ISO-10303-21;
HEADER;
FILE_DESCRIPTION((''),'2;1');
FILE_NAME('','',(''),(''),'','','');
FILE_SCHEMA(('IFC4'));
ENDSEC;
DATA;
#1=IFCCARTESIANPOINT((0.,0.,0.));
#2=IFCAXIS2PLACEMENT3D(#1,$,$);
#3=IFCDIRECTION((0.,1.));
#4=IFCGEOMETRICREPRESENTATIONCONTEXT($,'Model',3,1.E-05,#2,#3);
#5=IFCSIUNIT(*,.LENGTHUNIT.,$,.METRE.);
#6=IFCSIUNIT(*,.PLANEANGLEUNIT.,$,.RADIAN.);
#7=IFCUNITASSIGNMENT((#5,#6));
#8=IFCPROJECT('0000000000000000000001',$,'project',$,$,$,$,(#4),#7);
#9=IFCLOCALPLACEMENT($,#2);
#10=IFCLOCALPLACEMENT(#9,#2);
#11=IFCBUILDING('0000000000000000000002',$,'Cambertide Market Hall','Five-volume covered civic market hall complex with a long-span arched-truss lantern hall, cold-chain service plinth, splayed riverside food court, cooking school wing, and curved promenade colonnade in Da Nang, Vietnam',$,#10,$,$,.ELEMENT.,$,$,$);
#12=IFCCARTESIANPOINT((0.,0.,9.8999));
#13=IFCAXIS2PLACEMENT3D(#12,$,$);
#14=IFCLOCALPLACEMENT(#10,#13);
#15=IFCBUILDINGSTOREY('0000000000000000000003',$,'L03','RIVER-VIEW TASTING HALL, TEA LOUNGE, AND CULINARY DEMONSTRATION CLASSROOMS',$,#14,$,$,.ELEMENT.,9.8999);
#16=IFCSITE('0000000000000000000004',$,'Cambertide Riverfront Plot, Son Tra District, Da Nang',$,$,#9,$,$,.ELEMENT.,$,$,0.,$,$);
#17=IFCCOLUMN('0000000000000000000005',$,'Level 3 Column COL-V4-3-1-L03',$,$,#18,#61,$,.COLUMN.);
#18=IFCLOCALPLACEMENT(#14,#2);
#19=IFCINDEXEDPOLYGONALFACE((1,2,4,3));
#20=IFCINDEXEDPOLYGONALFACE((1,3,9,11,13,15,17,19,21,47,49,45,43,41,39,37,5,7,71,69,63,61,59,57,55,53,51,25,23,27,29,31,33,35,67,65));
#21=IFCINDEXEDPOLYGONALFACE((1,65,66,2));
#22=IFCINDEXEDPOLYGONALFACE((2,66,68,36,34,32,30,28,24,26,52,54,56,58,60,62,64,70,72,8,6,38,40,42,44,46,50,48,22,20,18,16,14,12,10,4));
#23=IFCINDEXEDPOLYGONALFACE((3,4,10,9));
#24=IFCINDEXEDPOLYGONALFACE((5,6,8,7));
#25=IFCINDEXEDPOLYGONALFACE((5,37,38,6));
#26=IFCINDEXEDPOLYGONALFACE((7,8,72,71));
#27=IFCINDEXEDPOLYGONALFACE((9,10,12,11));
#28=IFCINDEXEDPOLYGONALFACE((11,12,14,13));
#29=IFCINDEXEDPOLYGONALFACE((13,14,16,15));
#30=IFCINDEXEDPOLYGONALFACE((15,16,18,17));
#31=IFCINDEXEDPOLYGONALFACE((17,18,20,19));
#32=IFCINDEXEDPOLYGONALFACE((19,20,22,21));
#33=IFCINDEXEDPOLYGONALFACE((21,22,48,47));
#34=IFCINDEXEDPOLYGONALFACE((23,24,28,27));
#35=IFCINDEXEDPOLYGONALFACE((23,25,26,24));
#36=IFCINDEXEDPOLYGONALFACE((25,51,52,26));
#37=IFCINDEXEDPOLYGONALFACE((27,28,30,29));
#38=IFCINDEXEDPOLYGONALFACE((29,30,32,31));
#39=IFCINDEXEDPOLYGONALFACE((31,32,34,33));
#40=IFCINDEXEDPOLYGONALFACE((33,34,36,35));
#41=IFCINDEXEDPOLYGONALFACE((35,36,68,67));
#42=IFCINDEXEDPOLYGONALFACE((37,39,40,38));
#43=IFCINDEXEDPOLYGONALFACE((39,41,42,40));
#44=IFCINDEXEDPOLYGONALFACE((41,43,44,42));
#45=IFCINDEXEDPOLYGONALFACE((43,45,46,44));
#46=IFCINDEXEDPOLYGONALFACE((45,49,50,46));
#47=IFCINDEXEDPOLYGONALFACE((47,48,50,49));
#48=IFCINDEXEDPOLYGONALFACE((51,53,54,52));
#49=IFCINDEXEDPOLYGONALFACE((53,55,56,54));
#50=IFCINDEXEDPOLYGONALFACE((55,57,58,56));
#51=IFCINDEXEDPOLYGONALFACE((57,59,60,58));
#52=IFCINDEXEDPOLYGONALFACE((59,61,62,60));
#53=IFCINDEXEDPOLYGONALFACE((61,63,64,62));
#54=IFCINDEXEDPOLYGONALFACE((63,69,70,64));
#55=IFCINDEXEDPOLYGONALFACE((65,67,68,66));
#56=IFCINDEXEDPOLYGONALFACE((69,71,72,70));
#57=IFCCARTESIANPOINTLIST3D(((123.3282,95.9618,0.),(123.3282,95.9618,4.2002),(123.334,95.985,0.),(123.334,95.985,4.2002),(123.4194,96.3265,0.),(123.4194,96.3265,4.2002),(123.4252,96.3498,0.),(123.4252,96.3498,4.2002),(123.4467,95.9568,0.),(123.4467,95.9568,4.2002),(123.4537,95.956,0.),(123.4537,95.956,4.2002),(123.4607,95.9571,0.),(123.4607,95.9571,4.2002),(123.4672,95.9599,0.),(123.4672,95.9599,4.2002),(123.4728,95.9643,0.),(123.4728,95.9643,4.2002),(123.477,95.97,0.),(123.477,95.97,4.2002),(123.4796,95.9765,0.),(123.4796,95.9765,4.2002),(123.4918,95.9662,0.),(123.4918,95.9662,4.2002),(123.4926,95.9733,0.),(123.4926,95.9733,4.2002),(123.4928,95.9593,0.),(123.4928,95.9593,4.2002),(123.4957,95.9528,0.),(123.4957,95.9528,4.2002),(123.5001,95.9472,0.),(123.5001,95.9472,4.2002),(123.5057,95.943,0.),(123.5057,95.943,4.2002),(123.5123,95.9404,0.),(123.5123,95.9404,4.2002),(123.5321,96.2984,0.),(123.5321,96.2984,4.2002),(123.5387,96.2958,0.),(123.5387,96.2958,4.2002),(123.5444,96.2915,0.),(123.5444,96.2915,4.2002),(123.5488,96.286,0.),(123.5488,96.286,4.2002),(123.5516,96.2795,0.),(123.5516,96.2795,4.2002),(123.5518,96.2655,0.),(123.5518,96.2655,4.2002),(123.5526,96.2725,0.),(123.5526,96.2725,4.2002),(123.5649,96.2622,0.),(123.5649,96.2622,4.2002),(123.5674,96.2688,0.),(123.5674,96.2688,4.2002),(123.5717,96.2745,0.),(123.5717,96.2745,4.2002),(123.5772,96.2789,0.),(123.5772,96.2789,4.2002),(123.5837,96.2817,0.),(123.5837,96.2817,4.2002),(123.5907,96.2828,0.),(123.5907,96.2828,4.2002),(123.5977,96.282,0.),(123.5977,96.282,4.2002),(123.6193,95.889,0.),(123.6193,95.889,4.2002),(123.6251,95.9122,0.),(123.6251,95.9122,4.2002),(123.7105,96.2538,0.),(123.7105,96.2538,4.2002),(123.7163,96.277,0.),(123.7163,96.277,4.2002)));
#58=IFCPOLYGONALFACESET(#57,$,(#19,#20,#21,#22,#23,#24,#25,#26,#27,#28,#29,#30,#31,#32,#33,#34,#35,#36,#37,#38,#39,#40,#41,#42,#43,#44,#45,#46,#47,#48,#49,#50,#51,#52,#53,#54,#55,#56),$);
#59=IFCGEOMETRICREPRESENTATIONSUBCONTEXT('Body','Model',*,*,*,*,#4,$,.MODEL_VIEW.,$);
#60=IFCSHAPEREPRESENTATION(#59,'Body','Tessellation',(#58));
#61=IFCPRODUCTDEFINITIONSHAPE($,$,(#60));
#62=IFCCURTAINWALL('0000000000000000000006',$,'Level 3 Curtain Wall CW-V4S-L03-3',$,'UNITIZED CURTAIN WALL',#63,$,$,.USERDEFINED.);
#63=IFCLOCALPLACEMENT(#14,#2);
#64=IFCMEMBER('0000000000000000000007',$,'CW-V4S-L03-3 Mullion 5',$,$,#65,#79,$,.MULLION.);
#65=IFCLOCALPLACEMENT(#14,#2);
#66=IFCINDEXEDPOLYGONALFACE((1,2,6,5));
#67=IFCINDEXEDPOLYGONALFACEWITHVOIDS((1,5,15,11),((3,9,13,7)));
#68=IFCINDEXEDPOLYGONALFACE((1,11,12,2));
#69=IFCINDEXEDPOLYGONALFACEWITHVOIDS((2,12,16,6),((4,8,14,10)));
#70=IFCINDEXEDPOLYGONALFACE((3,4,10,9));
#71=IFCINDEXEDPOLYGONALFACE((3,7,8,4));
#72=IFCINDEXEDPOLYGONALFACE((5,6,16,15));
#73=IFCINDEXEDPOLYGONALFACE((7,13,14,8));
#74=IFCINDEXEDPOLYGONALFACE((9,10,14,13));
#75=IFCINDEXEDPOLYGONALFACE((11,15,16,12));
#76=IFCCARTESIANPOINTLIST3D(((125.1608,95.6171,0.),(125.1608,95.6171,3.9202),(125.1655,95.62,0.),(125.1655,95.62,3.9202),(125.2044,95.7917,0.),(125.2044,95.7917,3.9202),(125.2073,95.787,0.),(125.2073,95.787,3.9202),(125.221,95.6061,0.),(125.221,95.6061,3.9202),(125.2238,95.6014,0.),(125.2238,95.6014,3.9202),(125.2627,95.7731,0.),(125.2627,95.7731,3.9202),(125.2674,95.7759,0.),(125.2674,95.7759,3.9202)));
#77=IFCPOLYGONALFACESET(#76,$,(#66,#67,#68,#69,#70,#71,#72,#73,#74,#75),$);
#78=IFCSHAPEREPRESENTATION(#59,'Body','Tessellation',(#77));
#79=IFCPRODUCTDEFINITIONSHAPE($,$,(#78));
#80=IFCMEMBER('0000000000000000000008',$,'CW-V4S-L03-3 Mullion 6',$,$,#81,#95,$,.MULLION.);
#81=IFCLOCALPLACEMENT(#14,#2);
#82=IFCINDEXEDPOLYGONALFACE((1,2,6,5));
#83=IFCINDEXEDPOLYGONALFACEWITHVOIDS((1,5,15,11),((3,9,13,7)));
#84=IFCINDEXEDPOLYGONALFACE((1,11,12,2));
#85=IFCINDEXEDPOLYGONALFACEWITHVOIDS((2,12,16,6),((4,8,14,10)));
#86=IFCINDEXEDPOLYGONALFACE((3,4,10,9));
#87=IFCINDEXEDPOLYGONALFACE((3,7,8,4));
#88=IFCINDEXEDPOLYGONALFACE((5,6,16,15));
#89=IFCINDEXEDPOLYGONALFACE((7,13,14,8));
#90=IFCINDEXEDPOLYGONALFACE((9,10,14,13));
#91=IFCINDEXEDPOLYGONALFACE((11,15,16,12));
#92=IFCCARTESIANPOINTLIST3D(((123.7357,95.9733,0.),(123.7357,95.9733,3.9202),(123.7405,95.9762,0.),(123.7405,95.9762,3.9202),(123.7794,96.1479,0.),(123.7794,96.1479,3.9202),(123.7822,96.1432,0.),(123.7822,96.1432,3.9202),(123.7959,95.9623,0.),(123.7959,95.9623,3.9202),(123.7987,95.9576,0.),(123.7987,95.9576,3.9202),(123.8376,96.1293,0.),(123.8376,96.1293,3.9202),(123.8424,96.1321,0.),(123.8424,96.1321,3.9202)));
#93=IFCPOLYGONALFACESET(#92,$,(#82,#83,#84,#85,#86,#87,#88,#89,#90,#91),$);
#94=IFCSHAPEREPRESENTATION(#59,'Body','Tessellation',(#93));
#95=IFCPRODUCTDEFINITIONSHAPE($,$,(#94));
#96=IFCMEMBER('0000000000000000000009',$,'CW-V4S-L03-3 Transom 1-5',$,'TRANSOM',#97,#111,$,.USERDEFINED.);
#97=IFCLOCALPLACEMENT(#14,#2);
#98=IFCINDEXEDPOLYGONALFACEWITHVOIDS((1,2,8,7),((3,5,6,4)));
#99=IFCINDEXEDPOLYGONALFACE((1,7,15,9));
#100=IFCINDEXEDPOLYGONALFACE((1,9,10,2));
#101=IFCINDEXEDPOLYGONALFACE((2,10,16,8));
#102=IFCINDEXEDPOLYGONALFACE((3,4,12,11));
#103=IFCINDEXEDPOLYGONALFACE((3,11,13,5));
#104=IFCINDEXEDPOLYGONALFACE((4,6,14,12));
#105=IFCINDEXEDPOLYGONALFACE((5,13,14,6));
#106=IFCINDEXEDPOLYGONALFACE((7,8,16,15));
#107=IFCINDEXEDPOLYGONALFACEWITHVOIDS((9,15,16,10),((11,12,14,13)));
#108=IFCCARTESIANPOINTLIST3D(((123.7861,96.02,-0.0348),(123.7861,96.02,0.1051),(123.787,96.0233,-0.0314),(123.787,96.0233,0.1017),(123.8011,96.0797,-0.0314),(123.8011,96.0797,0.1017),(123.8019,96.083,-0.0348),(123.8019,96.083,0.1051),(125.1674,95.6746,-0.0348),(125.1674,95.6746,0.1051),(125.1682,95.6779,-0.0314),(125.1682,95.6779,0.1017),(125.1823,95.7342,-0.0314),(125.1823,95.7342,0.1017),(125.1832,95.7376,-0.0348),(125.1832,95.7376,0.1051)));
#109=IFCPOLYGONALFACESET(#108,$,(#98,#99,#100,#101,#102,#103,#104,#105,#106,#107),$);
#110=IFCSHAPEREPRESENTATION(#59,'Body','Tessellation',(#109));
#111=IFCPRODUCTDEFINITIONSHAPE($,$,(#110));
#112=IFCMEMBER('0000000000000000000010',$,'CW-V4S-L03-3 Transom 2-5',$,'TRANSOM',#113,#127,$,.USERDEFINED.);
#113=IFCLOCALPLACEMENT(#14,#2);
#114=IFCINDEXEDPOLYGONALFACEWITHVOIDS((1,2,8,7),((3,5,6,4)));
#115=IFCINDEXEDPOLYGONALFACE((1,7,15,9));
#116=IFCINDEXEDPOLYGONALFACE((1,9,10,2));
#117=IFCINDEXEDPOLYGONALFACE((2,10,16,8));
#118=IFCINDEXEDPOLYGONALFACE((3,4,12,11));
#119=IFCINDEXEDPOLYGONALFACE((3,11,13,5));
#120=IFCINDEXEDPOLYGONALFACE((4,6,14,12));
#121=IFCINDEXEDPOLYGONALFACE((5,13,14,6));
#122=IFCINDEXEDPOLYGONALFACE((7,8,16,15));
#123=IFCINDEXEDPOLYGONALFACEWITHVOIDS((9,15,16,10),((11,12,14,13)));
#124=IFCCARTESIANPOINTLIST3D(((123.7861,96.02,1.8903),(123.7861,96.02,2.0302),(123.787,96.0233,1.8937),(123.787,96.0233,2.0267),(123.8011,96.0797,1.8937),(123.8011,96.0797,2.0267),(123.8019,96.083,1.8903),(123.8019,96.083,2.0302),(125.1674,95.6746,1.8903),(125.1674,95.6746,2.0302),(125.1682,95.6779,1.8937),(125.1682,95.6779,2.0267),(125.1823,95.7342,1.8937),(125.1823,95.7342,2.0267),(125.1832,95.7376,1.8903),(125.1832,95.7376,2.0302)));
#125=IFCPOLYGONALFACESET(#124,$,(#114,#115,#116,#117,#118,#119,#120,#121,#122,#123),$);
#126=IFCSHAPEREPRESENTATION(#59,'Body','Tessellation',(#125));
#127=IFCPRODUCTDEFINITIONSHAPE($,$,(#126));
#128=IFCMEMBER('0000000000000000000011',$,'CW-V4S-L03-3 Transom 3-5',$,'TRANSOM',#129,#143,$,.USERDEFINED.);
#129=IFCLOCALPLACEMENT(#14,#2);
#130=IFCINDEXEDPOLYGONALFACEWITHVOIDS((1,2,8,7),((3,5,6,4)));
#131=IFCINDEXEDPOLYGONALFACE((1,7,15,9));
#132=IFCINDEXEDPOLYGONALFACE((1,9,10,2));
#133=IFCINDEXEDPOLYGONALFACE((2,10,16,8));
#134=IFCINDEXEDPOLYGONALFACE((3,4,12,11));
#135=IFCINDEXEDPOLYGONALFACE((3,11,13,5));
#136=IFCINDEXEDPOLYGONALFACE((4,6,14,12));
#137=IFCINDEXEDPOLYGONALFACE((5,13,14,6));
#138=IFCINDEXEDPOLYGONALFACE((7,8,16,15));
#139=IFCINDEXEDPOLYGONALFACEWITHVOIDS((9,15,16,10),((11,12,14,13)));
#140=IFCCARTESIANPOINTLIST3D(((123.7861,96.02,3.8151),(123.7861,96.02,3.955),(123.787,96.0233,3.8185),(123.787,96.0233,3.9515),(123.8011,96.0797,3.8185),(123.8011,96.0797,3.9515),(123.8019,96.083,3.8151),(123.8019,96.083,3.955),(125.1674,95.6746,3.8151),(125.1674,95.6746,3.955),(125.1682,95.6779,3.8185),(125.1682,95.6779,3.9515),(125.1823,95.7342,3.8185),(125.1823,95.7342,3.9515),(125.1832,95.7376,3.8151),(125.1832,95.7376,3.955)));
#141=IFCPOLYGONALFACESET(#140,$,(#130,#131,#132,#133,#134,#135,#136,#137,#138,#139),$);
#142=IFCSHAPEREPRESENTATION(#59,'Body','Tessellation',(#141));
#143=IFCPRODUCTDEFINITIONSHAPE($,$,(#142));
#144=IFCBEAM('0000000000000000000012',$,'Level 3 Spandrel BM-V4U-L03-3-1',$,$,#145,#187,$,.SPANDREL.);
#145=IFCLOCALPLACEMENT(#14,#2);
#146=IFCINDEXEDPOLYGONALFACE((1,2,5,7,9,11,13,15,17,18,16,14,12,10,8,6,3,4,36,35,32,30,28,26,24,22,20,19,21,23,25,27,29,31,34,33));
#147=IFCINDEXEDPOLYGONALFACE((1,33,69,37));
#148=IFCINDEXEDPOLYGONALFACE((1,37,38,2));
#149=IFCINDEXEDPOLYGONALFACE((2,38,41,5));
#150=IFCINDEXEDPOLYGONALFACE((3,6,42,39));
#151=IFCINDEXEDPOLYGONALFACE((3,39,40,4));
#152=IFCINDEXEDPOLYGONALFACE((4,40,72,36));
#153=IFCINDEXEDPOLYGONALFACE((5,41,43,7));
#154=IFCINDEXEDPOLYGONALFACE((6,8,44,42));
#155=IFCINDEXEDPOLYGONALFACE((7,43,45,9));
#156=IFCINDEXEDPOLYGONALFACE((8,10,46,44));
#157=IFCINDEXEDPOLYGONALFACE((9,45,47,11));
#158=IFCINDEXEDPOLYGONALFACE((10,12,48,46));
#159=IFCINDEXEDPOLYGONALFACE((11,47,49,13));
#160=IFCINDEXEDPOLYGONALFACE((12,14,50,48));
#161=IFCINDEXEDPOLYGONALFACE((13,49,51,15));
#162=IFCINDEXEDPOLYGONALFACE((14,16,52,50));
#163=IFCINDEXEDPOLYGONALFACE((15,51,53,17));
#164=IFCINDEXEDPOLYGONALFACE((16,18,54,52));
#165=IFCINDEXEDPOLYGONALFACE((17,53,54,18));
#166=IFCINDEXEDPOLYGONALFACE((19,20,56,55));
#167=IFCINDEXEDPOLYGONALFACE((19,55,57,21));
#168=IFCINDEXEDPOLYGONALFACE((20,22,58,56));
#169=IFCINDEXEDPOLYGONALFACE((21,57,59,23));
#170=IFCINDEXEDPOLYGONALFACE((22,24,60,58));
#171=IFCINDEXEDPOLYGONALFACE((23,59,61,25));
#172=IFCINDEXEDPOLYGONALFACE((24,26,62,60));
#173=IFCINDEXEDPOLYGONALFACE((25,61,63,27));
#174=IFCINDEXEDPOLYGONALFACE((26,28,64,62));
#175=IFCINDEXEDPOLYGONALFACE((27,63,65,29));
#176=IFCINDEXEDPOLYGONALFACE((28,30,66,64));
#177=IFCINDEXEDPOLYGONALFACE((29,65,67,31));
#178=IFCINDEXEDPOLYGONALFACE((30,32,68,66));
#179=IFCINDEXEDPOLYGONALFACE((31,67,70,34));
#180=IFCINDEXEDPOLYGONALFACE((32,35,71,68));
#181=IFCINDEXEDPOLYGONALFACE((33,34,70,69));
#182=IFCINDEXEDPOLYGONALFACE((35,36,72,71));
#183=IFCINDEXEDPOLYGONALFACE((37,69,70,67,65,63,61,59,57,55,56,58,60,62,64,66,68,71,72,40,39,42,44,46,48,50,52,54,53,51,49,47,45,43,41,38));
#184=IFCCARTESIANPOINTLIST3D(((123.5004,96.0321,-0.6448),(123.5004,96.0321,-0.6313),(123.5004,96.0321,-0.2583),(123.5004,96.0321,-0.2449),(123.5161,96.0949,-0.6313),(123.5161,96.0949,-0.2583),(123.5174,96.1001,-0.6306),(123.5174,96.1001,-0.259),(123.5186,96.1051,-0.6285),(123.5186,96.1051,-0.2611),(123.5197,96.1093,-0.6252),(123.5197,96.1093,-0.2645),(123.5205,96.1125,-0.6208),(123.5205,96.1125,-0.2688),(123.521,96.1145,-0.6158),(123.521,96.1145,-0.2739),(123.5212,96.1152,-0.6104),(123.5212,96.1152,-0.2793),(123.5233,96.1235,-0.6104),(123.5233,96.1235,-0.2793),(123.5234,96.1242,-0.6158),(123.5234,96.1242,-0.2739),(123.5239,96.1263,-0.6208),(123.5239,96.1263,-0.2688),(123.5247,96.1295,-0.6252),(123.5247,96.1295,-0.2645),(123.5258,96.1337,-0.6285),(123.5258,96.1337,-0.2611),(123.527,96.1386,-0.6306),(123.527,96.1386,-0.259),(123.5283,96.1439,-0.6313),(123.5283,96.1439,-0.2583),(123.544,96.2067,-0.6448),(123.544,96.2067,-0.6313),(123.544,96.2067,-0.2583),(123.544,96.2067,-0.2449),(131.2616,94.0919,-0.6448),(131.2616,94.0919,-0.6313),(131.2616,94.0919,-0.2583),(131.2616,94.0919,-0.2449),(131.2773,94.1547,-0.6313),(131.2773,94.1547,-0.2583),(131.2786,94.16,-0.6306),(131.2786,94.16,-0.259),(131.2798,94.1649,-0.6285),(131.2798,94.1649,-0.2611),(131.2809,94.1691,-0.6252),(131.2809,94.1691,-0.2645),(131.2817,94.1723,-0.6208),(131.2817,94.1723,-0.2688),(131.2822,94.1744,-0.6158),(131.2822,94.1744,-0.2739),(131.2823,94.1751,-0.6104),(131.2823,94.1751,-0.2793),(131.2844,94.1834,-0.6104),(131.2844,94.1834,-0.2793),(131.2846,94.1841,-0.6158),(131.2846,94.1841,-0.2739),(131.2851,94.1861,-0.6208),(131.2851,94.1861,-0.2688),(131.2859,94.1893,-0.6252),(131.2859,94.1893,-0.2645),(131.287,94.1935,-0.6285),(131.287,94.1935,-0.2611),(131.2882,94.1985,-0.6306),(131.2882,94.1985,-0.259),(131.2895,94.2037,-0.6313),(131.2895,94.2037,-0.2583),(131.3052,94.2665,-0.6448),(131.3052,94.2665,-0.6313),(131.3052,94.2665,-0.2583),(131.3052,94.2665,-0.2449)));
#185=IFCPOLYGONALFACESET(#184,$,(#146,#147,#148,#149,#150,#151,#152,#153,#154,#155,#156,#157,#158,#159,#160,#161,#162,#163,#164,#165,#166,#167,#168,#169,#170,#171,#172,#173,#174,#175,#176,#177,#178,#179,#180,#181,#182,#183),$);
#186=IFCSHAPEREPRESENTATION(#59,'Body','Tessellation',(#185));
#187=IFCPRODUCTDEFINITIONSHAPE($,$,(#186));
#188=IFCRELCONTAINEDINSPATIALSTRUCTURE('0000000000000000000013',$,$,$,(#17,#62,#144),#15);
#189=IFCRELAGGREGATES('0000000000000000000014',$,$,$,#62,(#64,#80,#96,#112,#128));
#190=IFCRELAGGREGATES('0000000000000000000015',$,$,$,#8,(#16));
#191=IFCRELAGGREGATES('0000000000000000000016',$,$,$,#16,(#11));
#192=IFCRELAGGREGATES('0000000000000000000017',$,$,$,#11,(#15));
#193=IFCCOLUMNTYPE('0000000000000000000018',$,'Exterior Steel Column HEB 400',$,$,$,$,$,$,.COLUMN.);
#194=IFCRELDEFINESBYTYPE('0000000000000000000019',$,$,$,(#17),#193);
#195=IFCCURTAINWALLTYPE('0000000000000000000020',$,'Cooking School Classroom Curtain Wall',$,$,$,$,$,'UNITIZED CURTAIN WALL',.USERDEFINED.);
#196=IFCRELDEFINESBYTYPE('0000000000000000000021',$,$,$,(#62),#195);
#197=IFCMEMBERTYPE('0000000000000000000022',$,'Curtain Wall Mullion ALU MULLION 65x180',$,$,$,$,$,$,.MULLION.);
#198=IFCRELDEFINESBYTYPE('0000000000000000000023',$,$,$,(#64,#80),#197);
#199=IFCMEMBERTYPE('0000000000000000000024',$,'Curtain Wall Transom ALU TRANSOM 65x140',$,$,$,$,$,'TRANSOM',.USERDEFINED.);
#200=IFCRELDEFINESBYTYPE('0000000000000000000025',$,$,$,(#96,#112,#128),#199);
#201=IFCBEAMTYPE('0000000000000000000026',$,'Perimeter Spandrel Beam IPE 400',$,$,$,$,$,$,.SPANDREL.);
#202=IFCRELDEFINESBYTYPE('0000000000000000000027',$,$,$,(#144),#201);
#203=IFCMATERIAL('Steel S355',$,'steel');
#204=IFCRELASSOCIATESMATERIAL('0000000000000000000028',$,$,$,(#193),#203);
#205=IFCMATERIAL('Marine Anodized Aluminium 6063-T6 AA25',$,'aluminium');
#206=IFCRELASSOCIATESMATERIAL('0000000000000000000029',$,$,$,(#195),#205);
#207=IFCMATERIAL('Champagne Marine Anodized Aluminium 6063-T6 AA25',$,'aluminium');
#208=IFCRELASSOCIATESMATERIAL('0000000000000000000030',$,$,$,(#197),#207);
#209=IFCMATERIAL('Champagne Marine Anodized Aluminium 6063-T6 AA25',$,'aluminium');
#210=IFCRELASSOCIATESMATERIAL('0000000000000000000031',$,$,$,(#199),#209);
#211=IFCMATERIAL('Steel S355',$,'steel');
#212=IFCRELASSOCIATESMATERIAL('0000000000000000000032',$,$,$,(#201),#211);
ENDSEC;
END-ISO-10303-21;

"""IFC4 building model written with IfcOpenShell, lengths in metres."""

from ifc_helpers import new_model, si_unit, direction, frame, origin, origin_2d, place, context, subcontext, project, spatial, hollow_rectangle, i_section, extrude, material, material_profile, profile_set, type_object, element, aggregate, save


model = new_model("IFC4")

# Units and contexts
model_context = context("Model", 3, precision=1e-05, world=origin(), true_north=direction((0.0, 1.0)))
body_context = subcontext(model_context, "Body", "Model", "MODEL_VIEW")
ifc_project = project(units=[si_unit("LENGTHUNIT", "METRE"), si_unit("PLANEANGLEUNIT", "RADIAN")], contexts=[model_context])

# Site, building, storey
site_placement = place(None, origin())
site = spatial("IfcSite", under=ifc_project, at=site_placement, Name="Cambertide Riverfront Plot, Son Tra District, Da Nang", CompositionType="ELEMENT", RefElevation=0.0)
building_placement = place(site_placement, origin())
building = spatial("IfcBuilding", under=site, at=building_placement, Name="Cambertide Market Hall", Description="Five-volume covered civic market hall complex with a long-span arched-truss lantern hall, cold-chain service plinth, splayed riverside food court, cooking school wing, and curved promenade colonnade in Da Nang, Vietnam", CompositionType="ELEMENT")
storey_placement = place(building_placement, frame((0.0, 0.0, 9.8999)))
storey = spatial("IfcBuildingStorey", under=building, at=storey_placement, Name="L03", Description="RIVER-VIEW TASTING HALL, TEA LOUNGE, AND CULINARY DEMONSTRATION CLASSROOMS", CompositionType="ELEMENT", Elevation=9.8999)

# Column
ifc_material_1 = material(Name="Steel S355", Category="steel")
ifc_material_profile_1 = material_profile(ifc_material_1, i_section(OverallWidth=0.3, OverallDepth=0.3999, WebThickness=0.0134, FlangeThickness=0.0239, FilletRadius=0.0271, at=origin_2d()), Name="HEB 400")
ifc_profile_set_1 = profile_set([ifc_material_profile_1], Name="Steel S355")
column_type = type_object("IfcColumnType", Name="Exterior Steel Column HEB 400", PredefinedType="COLUMN", material=ifc_profile_set_1)
column_placement = place(storey_placement, frame((123.5222, 96.1194, 0.0), z_axis=(0.0, 0.0, 1.0), x_axis=(0.970143, -0.242536, 0.0)))
element("IfcColumn", 1, at=column_placement, inside=storey, type_object=column_type, Name="Level 3 Column COL-V4-3-1-L03", PredefinedType="COLUMN", context=body_context, shape_type="SweptSolid", body=[
    extrude(i_section(OverallWidth=0.3, OverallDepth=0.3999, WebThickness=0.0134, FlangeThickness=0.0239, FilletRadius=0.0271, at=origin_2d()), origin(), (0.0, 0.0, 1.0), 4.2002),
])

# Curtain wall, members
ifc_material_2 = material(Name="Marine Anodized Aluminium 6063-T6 AA25", Category="aluminium")
curtain_wall_type = type_object("IfcCurtainWallType", Name="Cooking School Classroom Curtain Wall", ElementType="UNITIZED CURTAIN WALL", PredefinedType="USERDEFINED", material=ifc_material_2)
curtain_wall_placement = place(storey_placement, origin())
curtain_wall = element("IfcCurtainWall", 2, at=curtain_wall_placement, inside=storey, type_object=curtain_wall_type, Name="Level 3 Curtain Wall CW-V4S-L03-3", ObjectType="UNITIZED CURTAIN WALL", PredefinedType="USERDEFINED")
ifc_material_3 = material(Name="Champagne Marine Anodized Aluminium 6063-T6 AA25", Category="aluminium")
ifc_material_profile_2 = material_profile(ifc_material_3, hollow_rectangle(XDim=0.0649, YDim=0.1799, WallThickness=0.0039, at=origin_2d()), Name="ALU MULLION 65x180")
ifc_profile_set_2 = profile_set([ifc_material_profile_2], Name="Champagne Marine Anodized Aluminium 6063-T6 AA25")
member_type_1 = type_object("IfcMemberType", Name="Curtain Wall Mullion ALU MULLION 65x180", PredefinedType="MULLION", material=ifc_profile_set_2)
member_1_placement = place(storey_placement, frame((125.2141, 95.6965, 0.0), z_axis=(0.0, 0.0, 1.0), x_axis=(-0.970143, 0.242535, 0.0)))
member_1 = element("IfcMember", 3, at=member_1_placement, type_object=member_type_1, Name="CW-V4S-L03-3 Mullion 5", PredefinedType="MULLION", context=body_context, shape_type="SweptSolid", body=[
    extrude(hollow_rectangle(XDim=0.0649, YDim=0.1799, WallThickness=0.0039, at=origin_2d()), origin(), (0.0, 0.0, 1.0), 3.9202),
])
member_2_placement = place(storey_placement, frame((123.7891, 96.0527, 0.0), z_axis=(0.0, 0.0, 1.0), x_axis=(-0.970143, 0.242535, 0.0)))
member_2 = element("IfcMember", 4, at=member_2_placement, type_object=member_type_1, Name="CW-V4S-L03-3 Mullion 6", PredefinedType="MULLION", context=body_context, shape_type="SweptSolid", body=[
    extrude(hollow_rectangle(XDim=0.0649, YDim=0.1799, WallThickness=0.0039, at=origin_2d()), origin(), (0.0, 0.0, 1.0), 3.9202),
])
ifc_material_4 = material(Name="Champagne Marine Anodized Aluminium 6063-T6 AA25", Category="aluminium")
ifc_material_profile_3 = material_profile(ifc_material_4, hollow_rectangle(XDim=0.0649, YDim=0.1399, WallThickness=0.0034, at=origin_2d()), Name="ALU TRANSOM 65x140")
ifc_profile_set_3 = profile_set([ifc_material_profile_3], Name="Champagne Marine Anodized Aluminium 6063-T6 AA25")
member_type_2 = type_object("IfcMemberType", Name="Curtain Wall Transom ALU TRANSOM 65x140", ElementType="TRANSOM", PredefinedType="USERDEFINED", material=ifc_profile_set_3)
member_3_placement = place(storey_placement, frame((125.1753, 95.7061, 0.0352), z_axis=(-0.970122, 0.242616, 0.0), x_axis=(-0.242616, -0.970122, 0.0)))
member_3 = element("IfcMember", 5, at=member_3_placement, type_object=member_type_2, Name="CW-V4S-L03-3 Transom 1-5", ObjectType="TRANSOM", PredefinedType="USERDEFINED", context=body_context, shape_type="SweptSolid", body=[
    extrude(hollow_rectangle(XDim=0.0649, YDim=0.1399, WallThickness=0.0034, at=origin_2d()), origin(), (0.0, 0.0, 1.0), 1.4238),
])
member_4_placement = place(storey_placement, frame((125.1753, 95.7061, 1.9602), z_axis=(-0.970122, 0.242616, 0.0), x_axis=(-0.242616, -0.970122, 0.0)))
member_4 = element("IfcMember", 6, at=member_4_placement, type_object=member_type_2, Name="CW-V4S-L03-3 Transom 2-5", ObjectType="TRANSOM", PredefinedType="USERDEFINED", context=body_context, shape_type="SweptSolid", body=[
    extrude(hollow_rectangle(XDim=0.0649, YDim=0.1399, WallThickness=0.0034, at=origin_2d()), origin(), (0.0, 0.0, 1.0), 1.4238),
])
member_5_placement = place(storey_placement, frame((125.1753, 95.7061, 3.885), z_axis=(-0.970122, 0.242616, 0.0), x_axis=(-0.242616, -0.970122, 0.0)))
member_5 = element("IfcMember", 7, at=member_5_placement, type_object=member_type_2, Name="CW-V4S-L03-3 Transom 3-5", ObjectType="TRANSOM", PredefinedType="USERDEFINED", context=body_context, shape_type="SweptSolid", body=[
    extrude(hollow_rectangle(XDim=0.0649, YDim=0.1399, WallThickness=0.0034, at=origin_2d()), origin(), (0.0, 0.0, 1.0), 1.4238),
])

# Beam
ifc_material_5 = material(Name="Steel S355", Category="steel")
ifc_material_profile_4 = material_profile(ifc_material_5, i_section(OverallWidth=0.1799, OverallDepth=0.3999, WebThickness=0.0085, FlangeThickness=0.0134, FilletRadius=0.021, at=origin_2d()), Name="IPE 400")
ifc_profile_set_4 = profile_set([ifc_material_profile_4], Name="Steel S355")
beam_type_1 = type_object("IfcBeamType", Name="Perimeter Spandrel Beam IPE 400", PredefinedType="SPANDREL", material=ifc_profile_set_4)
beam_1_placement = place(storey_placement, frame((123.5222, 96.1194, -0.4448), z_axis=(0.970146, -0.242521, 0.0), x_axis=(0.242521, 0.970146, 0.0)))
element("IfcBeam", 8, at=beam_1_placement, inside=storey, type_object=beam_type_1, Name="Level 3 Spandrel BM-V4U-L03-3-1", PredefinedType="SPANDREL", context=body_context, shape_type="SweptSolid", body=[
    extrude(i_section(OverallWidth=0.1799, OverallDepth=0.3999, WebThickness=0.0085, FlangeThickness=0.0134, FilletRadius=0.021, at=origin_2d()), origin(), (0.0, 0.0, 1.0), 8.0),
])

aggregate(curtain_wall, [member_1, member_2, member_3, member_4, member_5])

save(model, "model.ifc")
